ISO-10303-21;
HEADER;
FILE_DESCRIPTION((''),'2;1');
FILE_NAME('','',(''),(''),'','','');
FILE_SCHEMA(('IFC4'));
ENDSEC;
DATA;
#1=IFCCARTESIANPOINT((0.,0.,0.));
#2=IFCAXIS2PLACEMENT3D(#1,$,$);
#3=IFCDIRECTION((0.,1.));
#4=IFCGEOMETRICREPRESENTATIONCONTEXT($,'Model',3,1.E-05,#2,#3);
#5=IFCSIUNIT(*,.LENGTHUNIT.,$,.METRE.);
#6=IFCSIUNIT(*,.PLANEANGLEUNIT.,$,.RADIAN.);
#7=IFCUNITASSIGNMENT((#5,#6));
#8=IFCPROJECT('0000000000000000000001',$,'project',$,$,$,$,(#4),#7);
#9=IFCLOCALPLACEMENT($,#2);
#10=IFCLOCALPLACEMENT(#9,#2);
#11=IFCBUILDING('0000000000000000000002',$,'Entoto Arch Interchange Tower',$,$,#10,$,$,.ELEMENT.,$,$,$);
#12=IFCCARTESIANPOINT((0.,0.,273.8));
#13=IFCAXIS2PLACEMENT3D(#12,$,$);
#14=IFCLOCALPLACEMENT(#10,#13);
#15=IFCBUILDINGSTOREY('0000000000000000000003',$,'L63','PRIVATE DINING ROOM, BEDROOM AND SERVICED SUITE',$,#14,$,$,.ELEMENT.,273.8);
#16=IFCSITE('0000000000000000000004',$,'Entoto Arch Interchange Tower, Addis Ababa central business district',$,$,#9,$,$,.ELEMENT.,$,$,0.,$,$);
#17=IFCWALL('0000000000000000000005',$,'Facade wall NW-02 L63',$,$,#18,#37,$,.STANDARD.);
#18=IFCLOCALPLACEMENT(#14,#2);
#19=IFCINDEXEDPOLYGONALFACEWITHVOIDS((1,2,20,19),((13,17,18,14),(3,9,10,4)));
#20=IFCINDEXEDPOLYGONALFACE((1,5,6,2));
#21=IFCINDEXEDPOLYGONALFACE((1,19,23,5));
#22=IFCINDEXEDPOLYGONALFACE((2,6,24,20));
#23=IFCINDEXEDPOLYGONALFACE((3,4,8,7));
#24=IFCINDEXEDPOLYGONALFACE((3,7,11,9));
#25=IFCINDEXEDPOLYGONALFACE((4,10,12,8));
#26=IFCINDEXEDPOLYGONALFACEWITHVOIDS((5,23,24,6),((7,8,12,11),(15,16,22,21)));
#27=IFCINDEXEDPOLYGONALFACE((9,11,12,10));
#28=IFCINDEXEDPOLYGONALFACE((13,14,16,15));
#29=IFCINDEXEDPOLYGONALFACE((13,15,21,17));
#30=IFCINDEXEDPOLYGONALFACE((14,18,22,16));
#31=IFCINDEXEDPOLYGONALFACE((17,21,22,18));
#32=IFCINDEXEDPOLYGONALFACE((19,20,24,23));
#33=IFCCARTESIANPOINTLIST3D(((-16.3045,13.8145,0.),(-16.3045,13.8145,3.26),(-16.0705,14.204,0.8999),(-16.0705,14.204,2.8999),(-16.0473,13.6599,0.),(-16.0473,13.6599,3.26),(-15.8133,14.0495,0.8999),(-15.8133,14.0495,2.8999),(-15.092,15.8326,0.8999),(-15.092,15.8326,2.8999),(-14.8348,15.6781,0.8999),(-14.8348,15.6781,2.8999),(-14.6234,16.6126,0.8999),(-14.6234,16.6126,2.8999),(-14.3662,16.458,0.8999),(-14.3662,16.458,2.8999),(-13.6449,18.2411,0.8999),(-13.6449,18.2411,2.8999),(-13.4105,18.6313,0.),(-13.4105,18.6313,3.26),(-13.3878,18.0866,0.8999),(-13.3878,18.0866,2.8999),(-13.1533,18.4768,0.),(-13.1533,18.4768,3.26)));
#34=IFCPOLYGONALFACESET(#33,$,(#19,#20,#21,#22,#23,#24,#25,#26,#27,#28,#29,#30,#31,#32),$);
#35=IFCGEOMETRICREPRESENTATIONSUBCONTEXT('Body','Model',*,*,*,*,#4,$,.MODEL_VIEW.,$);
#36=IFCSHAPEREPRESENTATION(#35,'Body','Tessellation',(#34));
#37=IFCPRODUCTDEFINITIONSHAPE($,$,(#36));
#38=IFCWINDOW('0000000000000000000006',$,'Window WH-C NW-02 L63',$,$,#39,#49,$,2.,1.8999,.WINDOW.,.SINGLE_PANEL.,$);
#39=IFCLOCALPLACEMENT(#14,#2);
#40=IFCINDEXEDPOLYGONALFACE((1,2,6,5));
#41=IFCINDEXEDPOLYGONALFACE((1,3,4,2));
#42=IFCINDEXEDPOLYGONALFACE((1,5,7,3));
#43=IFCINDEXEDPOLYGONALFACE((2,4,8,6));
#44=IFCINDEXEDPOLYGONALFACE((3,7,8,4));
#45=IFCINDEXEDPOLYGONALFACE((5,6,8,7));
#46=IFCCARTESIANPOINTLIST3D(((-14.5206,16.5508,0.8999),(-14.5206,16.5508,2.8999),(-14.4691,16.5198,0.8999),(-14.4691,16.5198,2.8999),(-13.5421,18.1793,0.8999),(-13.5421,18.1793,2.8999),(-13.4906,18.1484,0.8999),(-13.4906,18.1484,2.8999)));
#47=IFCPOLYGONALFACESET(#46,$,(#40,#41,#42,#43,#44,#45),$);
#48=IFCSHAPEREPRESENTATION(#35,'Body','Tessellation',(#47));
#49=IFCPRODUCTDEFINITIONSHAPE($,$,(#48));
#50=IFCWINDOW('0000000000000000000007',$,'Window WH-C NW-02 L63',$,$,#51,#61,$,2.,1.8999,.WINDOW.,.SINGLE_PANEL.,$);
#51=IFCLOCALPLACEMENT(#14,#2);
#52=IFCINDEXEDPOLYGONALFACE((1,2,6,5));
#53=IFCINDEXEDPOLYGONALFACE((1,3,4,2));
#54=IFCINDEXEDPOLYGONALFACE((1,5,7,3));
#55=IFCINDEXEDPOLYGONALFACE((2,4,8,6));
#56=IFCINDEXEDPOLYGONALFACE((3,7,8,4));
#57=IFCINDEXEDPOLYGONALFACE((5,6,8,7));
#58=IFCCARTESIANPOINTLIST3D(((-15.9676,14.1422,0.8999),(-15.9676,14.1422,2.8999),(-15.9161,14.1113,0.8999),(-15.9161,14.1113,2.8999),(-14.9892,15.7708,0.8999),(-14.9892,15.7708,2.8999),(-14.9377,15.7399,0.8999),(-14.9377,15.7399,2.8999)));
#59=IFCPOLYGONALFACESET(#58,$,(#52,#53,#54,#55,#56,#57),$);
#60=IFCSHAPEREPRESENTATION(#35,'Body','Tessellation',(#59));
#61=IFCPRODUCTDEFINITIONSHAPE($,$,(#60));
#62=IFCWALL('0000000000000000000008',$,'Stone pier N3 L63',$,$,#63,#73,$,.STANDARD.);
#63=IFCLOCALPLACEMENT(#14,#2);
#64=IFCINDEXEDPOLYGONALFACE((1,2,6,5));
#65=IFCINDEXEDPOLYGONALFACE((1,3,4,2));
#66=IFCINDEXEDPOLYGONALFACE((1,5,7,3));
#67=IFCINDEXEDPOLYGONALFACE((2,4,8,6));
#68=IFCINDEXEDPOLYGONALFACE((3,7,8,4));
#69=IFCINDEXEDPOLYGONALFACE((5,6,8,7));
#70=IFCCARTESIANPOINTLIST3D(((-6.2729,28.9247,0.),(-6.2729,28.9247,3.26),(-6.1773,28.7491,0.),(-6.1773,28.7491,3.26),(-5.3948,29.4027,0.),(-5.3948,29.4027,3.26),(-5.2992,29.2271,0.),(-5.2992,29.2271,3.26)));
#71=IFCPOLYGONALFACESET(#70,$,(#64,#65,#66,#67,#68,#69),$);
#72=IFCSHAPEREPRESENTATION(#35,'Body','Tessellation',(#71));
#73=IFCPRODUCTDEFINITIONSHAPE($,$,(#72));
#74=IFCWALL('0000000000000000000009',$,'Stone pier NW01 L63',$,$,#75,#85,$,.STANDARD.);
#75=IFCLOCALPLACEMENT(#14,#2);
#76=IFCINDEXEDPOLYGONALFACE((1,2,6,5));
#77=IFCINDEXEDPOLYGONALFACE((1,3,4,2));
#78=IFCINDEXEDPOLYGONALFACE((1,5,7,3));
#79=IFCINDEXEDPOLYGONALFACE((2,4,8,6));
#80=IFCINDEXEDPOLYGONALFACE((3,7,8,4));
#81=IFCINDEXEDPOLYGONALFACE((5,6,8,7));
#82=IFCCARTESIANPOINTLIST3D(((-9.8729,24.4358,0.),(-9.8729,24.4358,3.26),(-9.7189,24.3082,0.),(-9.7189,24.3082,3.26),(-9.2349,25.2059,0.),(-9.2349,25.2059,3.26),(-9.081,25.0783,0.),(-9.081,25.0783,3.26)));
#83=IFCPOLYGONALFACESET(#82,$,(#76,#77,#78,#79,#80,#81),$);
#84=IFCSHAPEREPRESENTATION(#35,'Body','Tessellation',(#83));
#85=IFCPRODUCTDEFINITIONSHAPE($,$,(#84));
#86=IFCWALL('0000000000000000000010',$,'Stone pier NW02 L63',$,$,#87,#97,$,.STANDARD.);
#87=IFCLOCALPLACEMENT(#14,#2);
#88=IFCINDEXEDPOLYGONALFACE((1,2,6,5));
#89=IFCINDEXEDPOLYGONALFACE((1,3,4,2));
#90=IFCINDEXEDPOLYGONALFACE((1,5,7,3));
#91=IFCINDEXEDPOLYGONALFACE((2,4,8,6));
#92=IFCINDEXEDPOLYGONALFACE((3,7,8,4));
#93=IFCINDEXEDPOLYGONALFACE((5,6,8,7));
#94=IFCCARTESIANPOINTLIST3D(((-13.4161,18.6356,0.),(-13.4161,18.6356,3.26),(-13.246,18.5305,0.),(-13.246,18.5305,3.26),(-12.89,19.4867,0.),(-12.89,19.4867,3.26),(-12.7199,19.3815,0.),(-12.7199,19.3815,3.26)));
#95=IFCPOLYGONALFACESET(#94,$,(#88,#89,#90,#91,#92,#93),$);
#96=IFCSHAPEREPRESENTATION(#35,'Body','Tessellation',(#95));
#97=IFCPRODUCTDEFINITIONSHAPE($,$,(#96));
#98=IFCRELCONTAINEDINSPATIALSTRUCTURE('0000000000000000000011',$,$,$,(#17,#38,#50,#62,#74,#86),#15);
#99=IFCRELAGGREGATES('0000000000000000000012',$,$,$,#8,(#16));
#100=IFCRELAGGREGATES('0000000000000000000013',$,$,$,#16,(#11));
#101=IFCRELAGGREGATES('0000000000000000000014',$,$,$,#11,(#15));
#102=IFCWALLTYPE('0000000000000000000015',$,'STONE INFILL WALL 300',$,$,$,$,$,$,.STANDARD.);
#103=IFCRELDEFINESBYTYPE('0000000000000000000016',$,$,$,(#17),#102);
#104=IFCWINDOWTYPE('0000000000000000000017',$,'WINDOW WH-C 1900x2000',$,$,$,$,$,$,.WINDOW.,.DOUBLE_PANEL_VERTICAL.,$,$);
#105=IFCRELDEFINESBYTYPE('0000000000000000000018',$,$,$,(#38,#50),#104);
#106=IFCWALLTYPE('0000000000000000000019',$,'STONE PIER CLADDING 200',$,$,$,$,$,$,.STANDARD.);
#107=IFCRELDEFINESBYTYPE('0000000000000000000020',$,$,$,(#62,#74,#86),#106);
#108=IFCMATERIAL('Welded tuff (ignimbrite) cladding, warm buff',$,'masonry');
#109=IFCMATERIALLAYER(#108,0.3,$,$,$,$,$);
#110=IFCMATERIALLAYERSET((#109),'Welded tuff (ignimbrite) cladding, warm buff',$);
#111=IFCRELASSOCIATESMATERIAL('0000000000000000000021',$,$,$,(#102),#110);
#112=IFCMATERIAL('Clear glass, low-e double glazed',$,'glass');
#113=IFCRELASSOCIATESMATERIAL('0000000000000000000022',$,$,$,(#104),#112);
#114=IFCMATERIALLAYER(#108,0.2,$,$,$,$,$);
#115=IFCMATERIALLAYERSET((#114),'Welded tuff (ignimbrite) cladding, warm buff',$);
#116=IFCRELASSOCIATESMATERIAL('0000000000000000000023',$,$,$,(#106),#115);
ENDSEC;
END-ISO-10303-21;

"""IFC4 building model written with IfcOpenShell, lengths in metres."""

from ifc_helpers import new_model, si_unit, direction, frame, frame_2d, origin, place, context, subcontext, project, spatial, rectangle, extrude, material, layer, layer_set, type_object, element, fill, save


model = new_model("IFC4")

# Units and contexts
model_context = context("Model", 3, precision=1e-05, world=origin(), true_north=direction((0.0, 1.0)))
body_context = subcontext(model_context, "Body", "Model", "MODEL_VIEW")
ifc_project = project(units=[si_unit("LENGTHUNIT", "METRE"), si_unit("PLANEANGLEUNIT", "RADIAN")], contexts=[model_context])

# Site, building, storey
site_placement = place(None, origin())
site = spatial("IfcSite", under=ifc_project, at=site_placement, Name="Entoto Arch Interchange Tower, Addis Ababa central business district", CompositionType="ELEMENT", RefElevation=0.0)
building_placement = place(site_placement, origin())
building = spatial("IfcBuilding", under=site, at=building_placement, Name="Entoto Arch Interchange Tower", CompositionType="ELEMENT")
storey_placement = place(building_placement, frame((0.0, 0.0, 273.8)))
storey = spatial("IfcBuildingStorey", under=building, at=storey_placement, Name="L63", Description="PRIVATE DINING ROOM, BEDROOM AND SERVICED SUITE", CompositionType="ELEMENT", Elevation=273.8)

# Shared definitions
ifc_material_1 = material(Name="Welded tuff (ignimbrite) cladding, warm buff", Category="masonry")
ifc_layer_1 = layer(ifc_material_1, 0.3)
ifc_layer_set_1 = layer_set([ifc_layer_1], Name="Welded tuff (ignimbrite) cladding, warm buff")
wall_type_1 = type_object("IfcWallType", Name="STONE INFILL WALL 300", PredefinedType="STANDARD", material=ifc_layer_set_1)
ifc_material_2 = material(Name="Clear glass, low-e double glazed", Category="glass")

# Wall, openings, windows
window_type_1 = type_object("IfcWindowType", Name="WINDOW WH-C 1900x2000", PartitioningType="DOUBLE_PANEL_VERTICAL", PredefinedType="WINDOW", material=ifc_material_2)
wall_1_placement = place(storey_placement, frame((-13.282, 18.554, 0.0), z_axis=(0.0, 0.0, 1.0), x_axis=(-0.515007, -0.857186, 0.0)))
wall_1 = element("IfcWall", 1, at=wall_1_placement, inside=storey, type_object=wall_type_1, Name="Facade wall NW-02 L63", PredefinedType="STANDARD", context=body_context, shape_type="SweptSolid", body=[
    extrude(rectangle(XDim=5.6194, YDim=0.3, at=frame_2d((2.8096, 0.0))), origin(), (0.0, 0.0, 1.0), 3.26),
])
opening_1_placement = place(wall_1_placement, frame((0.4551, 0.0, 0.8999)))
opening_1 = element("IfcOpeningElement", 2, at=opening_1_placement, cuts=wall_1, PredefinedType="OPENING", context=body_context, shape_type="SweptSolid", body=[
    extrude(rectangle(XDim=1.8999, YDim=2.0, at=frame_2d((0.95, 1.0))), frame((0.0, 0.1602, 0.0), z_axis=(0.0, -1.0, 0.0), x_axis=(1.0, 0.0, 0.0)), (0.0, 0.0, 1.0), 0.3201),
])
opening_2_placement = place(wall_1_placement, frame((3.2649, 0.0, 0.8999)))
opening_2 = element("IfcOpeningElement", 3, at=opening_2_placement, cuts=wall_1, PredefinedType="OPENING", context=body_context, shape_type="SweptSolid", body=[
    extrude(rectangle(XDim=1.8999, YDim=2.0, at=frame_2d((0.95, 1.0))), frame((0.0, 0.1602, 0.0), z_axis=(0.0, -1.0, 0.0), x_axis=(1.0, 0.0, 0.0)), (0.0, 0.0, 1.0), 0.3201),
])
window_1_placement = place(opening_1_placement, origin())
window_1 = element("IfcWindow", 4, at=window_1_placement, inside=storey, type_object=window_type_1, Name="Window WH-C NW-02 L63", OverallHeight=2.0, OverallWidth=1.8999, PartitioningType="SINGLE_PANEL", PredefinedType="WINDOW", context=body_context, shape_type="SweptSolid", body=[
    extrude(rectangle(XDim=1.8999, YDim=2.0, at=frame_2d((0.95, 1.0))), frame((0.0, 0.03, 0.0), z_axis=(0.0, -1.0, 0.0), x_axis=(1.0, 0.0, 0.0)), (0.0, 0.0, 1.0), 0.0601),
])
fill(opening_1, window_1)
window_2_placement = place(opening_2_placement, origin())
window_2 = element("IfcWindow", 5, at=window_2_placement, inside=storey, type_object=window_type_1, Name="Window WH-C NW-02 L63", OverallHeight=2.0, OverallWidth=1.8999, PartitioningType="SINGLE_PANEL", PredefinedType="WINDOW", context=body_context, shape_type="SweptSolid", body=[
    extrude(rectangle(XDim=1.8999, YDim=2.0, at=frame_2d((0.95, 1.0))), frame((0.0, 0.03, 0.0), z_axis=(0.0, -1.0, 0.0), x_axis=(1.0, 0.0, 0.0)), (0.0, 0.0, 1.0), 0.0601),
])
fill(opening_2, window_2)

# Walls
ifc_layer_2 = layer(ifc_material_1, 0.2)
ifc_layer_set_2 = layer_set([ifc_layer_2], Name="Welded tuff (ignimbrite) cladding, warm buff")
wall_type_2 = type_object("IfcWallType", Name="STONE PIER CLADDING 200", PredefinedType="STANDARD", material=ifc_layer_set_2)
wall_2_placement = place(storey_placement, frame((-5.3469, 29.3149, 0.0), z_axis=(0.0, 0.0, 1.0), x_axis=(-0.878306, -0.478099, 0.0)))
element("IfcWall", 6, at=wall_2_placement, inside=storey, type_object=wall_type_2, Name="Stone pier N3 L63", PredefinedType="STANDARD", context=body_context, shape_type="SweptSolid", body=[
    extrude(rectangle(XDim=0.9998, YDim=0.2, at=frame_2d((0.5, 0.0))), origin(), (0.0, 0.0, 1.0), 3.26),
])
wall_3_placement = place(storey_placement, frame((-9.158, 25.1421, 0.0), z_axis=(0.0, 0.0, 1.0), x_axis=(-0.637972, -0.770059, 0.0)))
element("IfcWall", 7, at=wall_3_placement, inside=storey, type_object=wall_type_2, Name="Stone pier NW01 L63", PredefinedType="STANDARD", context=body_context, shape_type="SweptSolid", body=[
    extrude(rectangle(XDim=1.0, YDim=0.2, at=frame_2d((0.5, 0.0))), origin(), (0.0, 0.0, 1.0), 3.26),
])
wall_4_placement = place(storey_placement, frame((-12.8049, 19.4341, 0.0), z_axis=(0.0, 0.0, 1.0), x_axis=(-0.525825, -0.850593, 0.0)))
element("IfcWall", 8, at=wall_4_placement, inside=storey, type_object=wall_type_2, Name="Stone pier NW02 L63", PredefinedType="STANDARD", context=body_context, shape_type="SweptSolid", body=[
    extrude(rectangle(XDim=1.0005, YDim=0.2, at=frame_2d((0.5002, 0.0))), origin(), (0.0, 0.0, 1.0), 3.26),
])

save(model, "model.ifc")
